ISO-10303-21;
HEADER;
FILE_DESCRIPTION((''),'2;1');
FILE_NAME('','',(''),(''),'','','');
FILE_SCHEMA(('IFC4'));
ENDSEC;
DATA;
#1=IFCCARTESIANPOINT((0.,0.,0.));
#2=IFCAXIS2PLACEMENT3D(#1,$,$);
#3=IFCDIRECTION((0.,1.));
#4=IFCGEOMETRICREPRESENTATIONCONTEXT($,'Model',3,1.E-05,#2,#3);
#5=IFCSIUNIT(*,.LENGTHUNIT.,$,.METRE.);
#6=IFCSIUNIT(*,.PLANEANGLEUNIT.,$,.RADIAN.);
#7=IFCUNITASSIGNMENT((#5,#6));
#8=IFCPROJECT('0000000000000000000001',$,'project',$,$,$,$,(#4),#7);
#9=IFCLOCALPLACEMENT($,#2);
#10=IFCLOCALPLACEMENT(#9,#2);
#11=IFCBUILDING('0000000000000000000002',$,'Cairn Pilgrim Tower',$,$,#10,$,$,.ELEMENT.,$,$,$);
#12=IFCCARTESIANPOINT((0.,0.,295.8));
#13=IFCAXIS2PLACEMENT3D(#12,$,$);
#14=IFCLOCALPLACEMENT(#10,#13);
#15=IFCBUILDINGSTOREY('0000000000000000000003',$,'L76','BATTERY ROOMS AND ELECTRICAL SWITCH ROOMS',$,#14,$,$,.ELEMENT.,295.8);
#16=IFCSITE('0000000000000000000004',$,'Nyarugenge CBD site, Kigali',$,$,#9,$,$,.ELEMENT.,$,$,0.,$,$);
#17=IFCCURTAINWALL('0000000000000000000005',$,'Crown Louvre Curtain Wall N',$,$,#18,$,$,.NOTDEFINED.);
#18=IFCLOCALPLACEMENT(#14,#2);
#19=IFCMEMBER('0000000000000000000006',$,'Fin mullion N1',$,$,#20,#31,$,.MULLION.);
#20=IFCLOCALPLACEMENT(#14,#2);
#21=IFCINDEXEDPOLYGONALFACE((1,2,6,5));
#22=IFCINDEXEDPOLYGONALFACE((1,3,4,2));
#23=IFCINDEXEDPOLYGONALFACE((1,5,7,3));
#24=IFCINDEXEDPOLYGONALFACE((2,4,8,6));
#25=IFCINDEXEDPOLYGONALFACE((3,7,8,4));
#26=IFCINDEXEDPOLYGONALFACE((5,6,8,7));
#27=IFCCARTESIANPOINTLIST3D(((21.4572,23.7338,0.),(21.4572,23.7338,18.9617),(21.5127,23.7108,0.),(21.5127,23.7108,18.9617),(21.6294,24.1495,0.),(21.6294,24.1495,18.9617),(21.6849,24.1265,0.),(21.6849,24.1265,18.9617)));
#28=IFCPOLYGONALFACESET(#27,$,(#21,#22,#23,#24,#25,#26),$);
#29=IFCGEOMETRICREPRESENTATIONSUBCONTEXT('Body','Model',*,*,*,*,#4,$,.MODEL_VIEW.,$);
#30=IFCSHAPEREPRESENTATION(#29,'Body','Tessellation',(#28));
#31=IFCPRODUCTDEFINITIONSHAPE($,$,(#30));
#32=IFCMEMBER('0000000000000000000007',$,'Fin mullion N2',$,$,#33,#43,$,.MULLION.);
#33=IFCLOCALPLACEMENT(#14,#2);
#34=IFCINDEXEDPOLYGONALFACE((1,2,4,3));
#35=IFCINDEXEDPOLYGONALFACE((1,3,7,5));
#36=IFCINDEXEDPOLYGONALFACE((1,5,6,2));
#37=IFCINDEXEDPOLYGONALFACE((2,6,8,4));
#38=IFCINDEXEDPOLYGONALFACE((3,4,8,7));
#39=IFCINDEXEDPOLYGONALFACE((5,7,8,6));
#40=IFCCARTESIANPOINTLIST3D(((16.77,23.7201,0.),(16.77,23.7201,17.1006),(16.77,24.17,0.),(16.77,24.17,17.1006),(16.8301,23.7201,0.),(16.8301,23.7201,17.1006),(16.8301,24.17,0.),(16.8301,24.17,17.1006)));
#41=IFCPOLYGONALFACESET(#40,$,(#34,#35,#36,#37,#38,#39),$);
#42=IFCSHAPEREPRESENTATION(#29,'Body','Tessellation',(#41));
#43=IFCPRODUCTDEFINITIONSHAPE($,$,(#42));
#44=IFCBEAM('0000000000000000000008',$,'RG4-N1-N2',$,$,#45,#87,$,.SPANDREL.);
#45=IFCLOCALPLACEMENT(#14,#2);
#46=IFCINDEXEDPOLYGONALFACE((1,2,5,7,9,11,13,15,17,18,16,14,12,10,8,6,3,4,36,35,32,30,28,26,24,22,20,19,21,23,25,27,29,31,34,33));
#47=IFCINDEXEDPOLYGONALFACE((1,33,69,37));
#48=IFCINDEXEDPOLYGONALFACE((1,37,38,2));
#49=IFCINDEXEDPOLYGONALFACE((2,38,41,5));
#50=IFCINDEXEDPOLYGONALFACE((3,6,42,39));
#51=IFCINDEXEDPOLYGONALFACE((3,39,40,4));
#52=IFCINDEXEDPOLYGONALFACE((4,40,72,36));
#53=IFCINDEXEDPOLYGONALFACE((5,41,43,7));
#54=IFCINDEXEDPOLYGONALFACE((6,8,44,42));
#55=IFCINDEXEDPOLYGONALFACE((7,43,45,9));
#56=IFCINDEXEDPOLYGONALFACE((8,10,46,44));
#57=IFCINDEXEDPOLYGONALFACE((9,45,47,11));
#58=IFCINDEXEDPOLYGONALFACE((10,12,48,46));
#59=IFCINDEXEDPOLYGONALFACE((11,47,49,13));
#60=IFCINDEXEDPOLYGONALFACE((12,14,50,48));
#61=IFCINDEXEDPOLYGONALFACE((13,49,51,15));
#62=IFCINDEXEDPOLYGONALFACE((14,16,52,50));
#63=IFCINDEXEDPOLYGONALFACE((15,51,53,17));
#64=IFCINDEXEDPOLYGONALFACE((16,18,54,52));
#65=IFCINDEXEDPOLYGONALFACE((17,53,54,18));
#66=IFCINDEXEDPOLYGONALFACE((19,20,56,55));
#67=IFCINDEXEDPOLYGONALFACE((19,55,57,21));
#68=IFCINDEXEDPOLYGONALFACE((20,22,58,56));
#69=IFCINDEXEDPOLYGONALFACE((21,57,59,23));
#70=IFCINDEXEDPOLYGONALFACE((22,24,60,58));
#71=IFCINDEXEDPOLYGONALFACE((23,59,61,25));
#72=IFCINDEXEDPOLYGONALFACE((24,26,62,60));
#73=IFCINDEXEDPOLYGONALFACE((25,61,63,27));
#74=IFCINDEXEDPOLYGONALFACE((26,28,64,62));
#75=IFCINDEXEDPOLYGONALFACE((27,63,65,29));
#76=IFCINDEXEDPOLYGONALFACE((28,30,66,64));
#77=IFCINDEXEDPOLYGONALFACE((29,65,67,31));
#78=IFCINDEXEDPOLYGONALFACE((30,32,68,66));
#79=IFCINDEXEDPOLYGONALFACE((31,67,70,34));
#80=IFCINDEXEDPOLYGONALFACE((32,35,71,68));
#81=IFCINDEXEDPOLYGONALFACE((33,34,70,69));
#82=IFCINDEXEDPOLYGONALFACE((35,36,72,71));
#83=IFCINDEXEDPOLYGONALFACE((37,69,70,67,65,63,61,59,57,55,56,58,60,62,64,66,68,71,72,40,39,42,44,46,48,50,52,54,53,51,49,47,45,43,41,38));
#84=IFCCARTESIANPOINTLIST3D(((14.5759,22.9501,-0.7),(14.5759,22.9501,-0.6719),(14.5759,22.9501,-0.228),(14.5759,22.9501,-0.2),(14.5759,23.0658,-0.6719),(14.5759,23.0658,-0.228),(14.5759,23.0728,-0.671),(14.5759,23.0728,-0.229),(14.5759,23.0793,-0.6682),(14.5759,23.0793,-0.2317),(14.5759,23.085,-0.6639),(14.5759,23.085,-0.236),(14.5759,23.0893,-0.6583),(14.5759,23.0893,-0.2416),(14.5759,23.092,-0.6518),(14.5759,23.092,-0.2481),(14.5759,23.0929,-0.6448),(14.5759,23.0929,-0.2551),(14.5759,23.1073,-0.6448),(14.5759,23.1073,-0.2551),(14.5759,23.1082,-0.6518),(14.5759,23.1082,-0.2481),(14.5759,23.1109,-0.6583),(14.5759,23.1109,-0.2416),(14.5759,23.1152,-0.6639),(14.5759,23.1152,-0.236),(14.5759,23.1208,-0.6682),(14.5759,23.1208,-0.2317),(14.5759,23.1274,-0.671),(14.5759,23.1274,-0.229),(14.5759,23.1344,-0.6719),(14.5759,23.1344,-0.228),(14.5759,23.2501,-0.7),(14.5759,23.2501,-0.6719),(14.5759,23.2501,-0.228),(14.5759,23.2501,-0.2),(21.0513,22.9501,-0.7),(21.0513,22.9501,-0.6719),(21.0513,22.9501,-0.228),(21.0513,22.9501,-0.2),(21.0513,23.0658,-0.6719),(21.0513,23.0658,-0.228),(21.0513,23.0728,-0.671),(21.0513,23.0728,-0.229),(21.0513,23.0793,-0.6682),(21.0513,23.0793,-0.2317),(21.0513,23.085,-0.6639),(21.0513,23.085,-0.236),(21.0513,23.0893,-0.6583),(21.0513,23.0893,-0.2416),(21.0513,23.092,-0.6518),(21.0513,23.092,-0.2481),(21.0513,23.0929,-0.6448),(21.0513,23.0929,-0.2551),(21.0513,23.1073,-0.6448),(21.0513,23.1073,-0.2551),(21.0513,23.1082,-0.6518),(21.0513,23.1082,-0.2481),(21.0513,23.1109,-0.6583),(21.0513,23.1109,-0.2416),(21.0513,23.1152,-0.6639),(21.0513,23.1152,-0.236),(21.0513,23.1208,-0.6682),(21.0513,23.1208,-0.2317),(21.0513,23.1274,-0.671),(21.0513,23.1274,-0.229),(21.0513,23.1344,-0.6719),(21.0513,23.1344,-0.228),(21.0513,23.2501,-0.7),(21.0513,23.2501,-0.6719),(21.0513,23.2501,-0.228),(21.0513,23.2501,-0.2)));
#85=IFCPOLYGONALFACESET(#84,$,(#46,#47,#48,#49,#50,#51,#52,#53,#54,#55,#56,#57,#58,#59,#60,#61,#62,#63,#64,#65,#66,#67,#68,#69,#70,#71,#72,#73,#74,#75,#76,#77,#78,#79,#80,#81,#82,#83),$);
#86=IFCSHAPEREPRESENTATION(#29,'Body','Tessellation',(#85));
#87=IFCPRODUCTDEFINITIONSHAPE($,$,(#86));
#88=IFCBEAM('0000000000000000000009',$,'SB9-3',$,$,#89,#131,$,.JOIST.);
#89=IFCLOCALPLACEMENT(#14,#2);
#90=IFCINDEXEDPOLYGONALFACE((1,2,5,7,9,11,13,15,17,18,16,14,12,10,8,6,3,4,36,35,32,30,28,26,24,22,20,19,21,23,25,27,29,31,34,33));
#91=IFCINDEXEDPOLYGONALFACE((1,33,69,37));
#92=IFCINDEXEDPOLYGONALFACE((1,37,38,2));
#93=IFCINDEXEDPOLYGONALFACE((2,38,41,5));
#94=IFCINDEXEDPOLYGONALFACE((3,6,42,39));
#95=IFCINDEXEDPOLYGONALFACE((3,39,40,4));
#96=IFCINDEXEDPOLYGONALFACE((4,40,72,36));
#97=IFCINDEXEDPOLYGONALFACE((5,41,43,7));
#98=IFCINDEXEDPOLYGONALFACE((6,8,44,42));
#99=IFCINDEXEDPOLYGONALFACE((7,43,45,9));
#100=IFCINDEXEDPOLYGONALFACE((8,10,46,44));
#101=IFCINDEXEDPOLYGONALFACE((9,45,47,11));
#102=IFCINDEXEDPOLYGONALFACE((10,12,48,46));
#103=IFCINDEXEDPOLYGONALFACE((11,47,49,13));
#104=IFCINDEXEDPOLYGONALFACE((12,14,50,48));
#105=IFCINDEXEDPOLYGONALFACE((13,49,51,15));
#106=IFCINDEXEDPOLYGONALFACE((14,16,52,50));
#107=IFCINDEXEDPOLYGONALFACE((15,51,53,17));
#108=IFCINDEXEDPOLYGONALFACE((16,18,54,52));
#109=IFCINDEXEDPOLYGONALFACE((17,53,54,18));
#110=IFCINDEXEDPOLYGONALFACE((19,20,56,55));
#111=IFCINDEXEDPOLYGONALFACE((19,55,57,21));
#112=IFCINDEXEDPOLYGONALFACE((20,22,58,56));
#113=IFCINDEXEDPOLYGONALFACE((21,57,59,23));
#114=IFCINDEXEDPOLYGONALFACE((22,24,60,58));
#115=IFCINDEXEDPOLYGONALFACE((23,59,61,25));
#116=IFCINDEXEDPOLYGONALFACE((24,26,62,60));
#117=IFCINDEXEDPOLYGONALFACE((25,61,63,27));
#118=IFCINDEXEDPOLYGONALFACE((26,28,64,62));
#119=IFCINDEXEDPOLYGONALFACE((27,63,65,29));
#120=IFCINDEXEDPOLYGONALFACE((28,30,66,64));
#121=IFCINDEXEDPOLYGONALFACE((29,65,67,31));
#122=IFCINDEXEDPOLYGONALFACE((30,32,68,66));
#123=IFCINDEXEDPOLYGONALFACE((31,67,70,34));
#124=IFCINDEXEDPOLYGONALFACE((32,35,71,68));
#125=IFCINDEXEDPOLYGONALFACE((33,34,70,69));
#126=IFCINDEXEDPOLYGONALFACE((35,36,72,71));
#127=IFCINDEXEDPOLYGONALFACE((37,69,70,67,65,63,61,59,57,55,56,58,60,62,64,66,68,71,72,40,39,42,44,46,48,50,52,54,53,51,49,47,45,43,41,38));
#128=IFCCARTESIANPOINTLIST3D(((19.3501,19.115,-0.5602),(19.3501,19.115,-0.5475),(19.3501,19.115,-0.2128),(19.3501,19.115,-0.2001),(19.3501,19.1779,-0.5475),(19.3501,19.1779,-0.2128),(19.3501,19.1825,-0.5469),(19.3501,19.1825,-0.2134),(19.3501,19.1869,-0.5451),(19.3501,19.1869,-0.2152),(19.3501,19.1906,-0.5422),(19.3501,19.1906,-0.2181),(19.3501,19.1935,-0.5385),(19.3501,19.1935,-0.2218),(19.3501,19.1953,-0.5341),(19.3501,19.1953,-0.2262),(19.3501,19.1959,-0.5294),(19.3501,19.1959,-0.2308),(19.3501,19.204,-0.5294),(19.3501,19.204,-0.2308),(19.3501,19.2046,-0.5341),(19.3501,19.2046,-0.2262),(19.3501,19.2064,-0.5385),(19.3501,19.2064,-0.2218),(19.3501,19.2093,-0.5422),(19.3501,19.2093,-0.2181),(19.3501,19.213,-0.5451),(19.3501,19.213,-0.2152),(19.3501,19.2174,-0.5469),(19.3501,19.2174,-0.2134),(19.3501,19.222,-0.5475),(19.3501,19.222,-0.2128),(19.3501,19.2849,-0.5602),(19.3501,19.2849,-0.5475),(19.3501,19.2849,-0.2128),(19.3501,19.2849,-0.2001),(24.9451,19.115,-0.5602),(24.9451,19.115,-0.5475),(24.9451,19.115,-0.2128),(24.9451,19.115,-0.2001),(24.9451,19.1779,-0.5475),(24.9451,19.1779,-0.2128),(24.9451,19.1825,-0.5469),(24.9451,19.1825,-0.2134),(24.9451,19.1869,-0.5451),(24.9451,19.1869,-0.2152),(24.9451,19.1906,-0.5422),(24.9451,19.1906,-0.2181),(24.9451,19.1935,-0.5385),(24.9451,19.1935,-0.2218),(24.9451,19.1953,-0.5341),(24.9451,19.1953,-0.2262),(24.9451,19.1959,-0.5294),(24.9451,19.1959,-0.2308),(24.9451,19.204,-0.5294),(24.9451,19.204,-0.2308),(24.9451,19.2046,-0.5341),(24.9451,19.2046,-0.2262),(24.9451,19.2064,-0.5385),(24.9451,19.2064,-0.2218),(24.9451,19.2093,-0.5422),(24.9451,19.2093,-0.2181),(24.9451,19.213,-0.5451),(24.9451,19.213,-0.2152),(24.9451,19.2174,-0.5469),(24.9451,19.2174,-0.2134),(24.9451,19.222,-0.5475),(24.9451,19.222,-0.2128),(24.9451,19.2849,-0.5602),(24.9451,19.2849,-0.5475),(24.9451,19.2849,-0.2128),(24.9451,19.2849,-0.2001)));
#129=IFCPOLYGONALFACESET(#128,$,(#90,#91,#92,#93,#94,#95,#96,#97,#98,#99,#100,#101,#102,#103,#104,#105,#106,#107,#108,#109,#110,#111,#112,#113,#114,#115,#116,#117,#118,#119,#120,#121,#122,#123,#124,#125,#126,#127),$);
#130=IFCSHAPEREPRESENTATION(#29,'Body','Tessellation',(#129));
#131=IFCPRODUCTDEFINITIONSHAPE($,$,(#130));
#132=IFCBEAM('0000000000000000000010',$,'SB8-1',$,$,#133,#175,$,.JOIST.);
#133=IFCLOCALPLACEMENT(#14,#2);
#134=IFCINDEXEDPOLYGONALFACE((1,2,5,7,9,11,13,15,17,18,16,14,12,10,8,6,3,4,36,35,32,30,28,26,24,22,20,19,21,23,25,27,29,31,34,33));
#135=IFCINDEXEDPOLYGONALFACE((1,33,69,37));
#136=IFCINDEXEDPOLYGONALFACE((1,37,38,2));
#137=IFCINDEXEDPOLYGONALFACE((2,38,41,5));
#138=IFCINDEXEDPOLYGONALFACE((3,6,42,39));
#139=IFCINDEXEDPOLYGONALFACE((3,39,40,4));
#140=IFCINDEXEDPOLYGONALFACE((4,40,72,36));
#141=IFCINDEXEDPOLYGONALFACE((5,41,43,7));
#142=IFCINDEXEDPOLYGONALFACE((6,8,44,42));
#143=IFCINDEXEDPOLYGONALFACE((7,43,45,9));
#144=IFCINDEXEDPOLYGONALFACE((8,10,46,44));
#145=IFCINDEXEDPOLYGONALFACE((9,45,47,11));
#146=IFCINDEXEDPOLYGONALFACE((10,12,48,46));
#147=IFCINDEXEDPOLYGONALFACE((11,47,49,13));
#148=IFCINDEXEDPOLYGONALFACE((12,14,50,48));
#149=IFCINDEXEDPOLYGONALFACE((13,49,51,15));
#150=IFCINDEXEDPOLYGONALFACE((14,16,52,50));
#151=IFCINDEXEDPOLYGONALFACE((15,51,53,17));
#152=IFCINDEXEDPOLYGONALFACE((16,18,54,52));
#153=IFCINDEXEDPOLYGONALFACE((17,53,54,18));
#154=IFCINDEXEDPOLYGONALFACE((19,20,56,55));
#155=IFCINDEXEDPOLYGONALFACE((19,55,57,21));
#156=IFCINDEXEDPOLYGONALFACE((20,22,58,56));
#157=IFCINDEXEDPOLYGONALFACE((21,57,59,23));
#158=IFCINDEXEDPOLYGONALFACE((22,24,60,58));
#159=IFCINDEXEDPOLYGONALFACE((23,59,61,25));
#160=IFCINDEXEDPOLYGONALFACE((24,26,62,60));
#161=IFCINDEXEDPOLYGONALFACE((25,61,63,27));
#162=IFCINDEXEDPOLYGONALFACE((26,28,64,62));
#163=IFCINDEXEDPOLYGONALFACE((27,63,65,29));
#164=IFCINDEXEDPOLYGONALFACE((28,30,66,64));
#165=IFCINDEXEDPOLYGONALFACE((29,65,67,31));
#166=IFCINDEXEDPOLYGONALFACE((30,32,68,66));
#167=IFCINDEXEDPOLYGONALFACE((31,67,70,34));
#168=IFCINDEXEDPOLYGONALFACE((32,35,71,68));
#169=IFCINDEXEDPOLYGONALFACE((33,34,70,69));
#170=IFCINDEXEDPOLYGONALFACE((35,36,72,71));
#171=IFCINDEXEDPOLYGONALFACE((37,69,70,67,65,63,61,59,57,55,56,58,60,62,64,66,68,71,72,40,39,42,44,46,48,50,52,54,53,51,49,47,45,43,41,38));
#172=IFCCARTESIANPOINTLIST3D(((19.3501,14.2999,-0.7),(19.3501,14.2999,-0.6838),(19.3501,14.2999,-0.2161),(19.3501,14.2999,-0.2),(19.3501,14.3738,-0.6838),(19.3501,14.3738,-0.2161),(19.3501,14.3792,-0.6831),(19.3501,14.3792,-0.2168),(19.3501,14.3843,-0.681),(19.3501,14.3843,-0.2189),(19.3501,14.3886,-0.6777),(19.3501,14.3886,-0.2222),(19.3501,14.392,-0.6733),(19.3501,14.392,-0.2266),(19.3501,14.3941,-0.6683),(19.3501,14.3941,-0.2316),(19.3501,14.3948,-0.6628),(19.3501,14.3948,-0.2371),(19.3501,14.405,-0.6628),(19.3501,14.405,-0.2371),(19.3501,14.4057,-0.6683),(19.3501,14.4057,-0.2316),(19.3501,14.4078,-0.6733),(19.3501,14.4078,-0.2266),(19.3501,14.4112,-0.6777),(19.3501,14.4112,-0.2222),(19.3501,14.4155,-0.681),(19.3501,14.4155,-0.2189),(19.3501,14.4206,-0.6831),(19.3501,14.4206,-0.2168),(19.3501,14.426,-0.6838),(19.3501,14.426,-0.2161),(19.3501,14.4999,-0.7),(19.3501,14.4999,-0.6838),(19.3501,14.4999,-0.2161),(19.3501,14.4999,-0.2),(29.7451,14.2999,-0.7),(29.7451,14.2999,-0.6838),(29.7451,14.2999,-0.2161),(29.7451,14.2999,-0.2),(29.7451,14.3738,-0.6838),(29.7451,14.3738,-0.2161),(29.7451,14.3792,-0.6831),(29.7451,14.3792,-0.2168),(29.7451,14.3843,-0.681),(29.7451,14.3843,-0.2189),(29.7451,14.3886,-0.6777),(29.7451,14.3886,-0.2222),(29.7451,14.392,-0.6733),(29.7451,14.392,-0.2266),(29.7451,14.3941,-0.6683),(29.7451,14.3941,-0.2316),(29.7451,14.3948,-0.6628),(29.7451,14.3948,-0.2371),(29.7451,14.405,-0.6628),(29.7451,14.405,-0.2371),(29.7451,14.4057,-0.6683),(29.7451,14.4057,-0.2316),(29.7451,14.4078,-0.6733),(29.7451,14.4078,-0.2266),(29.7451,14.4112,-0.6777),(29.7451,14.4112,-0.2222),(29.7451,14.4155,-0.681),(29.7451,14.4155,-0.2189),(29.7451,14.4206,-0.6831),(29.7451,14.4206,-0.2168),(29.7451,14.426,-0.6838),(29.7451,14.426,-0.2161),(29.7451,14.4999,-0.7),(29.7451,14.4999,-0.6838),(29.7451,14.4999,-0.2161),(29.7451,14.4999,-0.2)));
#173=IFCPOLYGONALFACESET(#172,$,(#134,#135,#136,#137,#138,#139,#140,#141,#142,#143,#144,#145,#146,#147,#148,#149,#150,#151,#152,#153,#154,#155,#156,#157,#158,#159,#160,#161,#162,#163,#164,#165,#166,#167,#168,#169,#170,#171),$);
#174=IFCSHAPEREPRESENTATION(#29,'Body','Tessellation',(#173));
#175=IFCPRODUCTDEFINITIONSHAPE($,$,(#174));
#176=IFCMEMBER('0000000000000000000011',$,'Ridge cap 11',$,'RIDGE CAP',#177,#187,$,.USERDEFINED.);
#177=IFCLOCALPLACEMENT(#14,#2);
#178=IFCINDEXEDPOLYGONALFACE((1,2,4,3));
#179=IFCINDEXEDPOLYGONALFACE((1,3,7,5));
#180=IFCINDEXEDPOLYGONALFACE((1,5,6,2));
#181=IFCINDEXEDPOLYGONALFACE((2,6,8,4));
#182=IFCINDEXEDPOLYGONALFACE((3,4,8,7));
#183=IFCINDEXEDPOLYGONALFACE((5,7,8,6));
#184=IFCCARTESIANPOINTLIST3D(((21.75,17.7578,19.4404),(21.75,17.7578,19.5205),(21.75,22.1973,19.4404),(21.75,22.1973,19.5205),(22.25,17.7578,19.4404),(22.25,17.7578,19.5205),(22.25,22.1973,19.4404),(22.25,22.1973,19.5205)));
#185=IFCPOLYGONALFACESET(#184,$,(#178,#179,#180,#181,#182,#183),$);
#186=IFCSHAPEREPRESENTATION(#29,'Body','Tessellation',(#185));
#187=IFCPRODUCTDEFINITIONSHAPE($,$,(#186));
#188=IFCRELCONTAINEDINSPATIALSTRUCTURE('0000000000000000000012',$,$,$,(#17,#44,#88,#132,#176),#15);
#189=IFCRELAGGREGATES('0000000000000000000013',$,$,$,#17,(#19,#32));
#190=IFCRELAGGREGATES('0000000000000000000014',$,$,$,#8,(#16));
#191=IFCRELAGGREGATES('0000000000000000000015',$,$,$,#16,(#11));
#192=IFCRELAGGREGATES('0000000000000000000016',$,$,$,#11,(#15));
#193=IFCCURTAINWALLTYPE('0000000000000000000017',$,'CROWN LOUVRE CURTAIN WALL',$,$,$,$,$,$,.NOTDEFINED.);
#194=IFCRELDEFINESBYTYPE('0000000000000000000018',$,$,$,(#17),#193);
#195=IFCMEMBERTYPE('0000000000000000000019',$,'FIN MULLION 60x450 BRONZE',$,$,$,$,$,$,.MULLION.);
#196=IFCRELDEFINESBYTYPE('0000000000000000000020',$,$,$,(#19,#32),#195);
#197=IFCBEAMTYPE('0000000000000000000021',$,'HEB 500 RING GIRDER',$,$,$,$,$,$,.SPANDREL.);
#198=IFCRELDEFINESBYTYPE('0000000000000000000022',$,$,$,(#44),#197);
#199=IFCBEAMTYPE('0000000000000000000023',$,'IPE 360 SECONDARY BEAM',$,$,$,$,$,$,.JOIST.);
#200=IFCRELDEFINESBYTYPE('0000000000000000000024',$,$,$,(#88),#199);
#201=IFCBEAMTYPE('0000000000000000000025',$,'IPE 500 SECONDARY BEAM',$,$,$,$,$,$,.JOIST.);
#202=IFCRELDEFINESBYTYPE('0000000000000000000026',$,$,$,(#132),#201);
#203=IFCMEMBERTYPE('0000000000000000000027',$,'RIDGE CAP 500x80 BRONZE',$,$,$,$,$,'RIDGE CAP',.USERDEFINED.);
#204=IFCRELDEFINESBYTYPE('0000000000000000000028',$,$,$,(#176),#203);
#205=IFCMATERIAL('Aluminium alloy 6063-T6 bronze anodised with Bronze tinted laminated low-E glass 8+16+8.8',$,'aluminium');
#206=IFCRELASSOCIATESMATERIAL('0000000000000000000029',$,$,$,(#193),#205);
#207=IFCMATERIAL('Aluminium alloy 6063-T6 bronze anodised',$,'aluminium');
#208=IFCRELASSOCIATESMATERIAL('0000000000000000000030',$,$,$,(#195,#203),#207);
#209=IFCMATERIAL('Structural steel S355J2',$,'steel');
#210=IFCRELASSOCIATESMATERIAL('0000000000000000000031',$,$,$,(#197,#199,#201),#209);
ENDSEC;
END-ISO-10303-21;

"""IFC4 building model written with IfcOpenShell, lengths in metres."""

from ifc_helpers import new_model, si_unit, direction, frame, origin, origin_2d, place, context, subcontext, project, spatial, rectangle, i_section, extrude, material, material_profile, profile_set, type_object, element, aggregate, save


model = new_model("IFC4")

# Units and contexts
model_context = context("Model", 3, precision=1e-05, world=origin(), true_north=direction((0.0, 1.0)))
body_context = subcontext(model_context, "Body", "Model", "MODEL_VIEW")
ifc_project = project(units=[si_unit("LENGTHUNIT", "METRE"), si_unit("PLANEANGLEUNIT", "RADIAN")], contexts=[model_context])

# Site, building, storey
site_placement = place(None, origin())
site = spatial("IfcSite", under=ifc_project, at=site_placement, Name="Nyarugenge CBD site, Kigali", CompositionType="ELEMENT", RefElevation=0.0)
building_placement = place(site_placement, origin())
building = spatial("IfcBuilding", under=site, at=building_placement, Name="Cairn Pilgrim Tower", CompositionType="ELEMENT")
storey_placement = place(building_placement, frame((0.0, 0.0, 295.8)))
storey = spatial("IfcBuildingStorey", under=building, at=storey_placement, Name="L76", Description="BATTERY ROOMS AND ELECTRICAL SWITCH ROOMS", CompositionType="ELEMENT", Elevation=295.8)

# Shared definitions
ifc_material_1 = material(Name="Structural steel S355J2", Category="steel")

# Curtain wall, members
ifc_material_2 = material(Name="Aluminium alloy 6063-T6 bronze anodised with Bronze tinted laminated low-E glass 8+16+8.8", Category="aluminium")
curtain_wall_type = type_object("IfcCurtainWallType", Name="CROWN LOUVRE CURTAIN WALL", PredefinedType="NOTDEFINED", material=ifc_material_2)
curtain_wall_1_placement = place(storey_placement, origin())
curtain_wall_1 = element("IfcCurtainWall", 1, at=curtain_wall_1_placement, inside=storey, type_object=curtain_wall_type, Name="Crown Louvre Curtain Wall N", PredefinedType="NOTDEFINED")
ifc_material_3 = material(Name="Aluminium alloy 6063-T6 bronze anodised", Category="aluminium")
ifc_material_profile_1 = material_profile(ifc_material_3, rectangle(XDim=0.45, YDim=0.0601, at=origin_2d()), Name="FIN MULLION 60x450 BRONZE")
ifc_profile_set_1 = profile_set([ifc_material_profile_1], Name="Aluminium alloy 6063-T6 bronze anodised")
member_type_1 = type_object("IfcMemberType", Name="FIN MULLION 60x450 BRONZE", PredefinedType="MULLION", material=ifc_profile_set_1)
member_1_placement = place(storey_placement, frame((21.571, 23.9302, 0.0), z_axis=(0.0, 0.0, 1.0), x_axis=(0.382683, 0.92388, 0.0)))
member_1 = element("IfcMember", 2, at=member_1_placement, type_object=member_type_1, Name="Fin mullion N1", PredefinedType="MULLION", context=body_context, shape_type="SweptSolid", body=[
    extrude(rectangle(XDim=0.45, YDim=0.0601, at=origin_2d()), origin(), (0.0, 0.0, 1.0), 18.9617),
])
member_2_placement = place(storey_placement, frame((16.8, 23.9451, 0.0), z_axis=(0.0, 0.0, 1.0), x_axis=(0.0, 1.0, 0.0)))
member_2 = element("IfcMember", 3, at=member_2_placement, type_object=member_type_1, Name="Fin mullion N2", PredefinedType="MULLION", context=body_context, shape_type="SweptSolid", body=[
    extrude(rectangle(XDim=0.45, YDim=0.0601, at=origin_2d()), origin(), (0.0, 0.0, 1.0), 17.1006),
])

# Beams
ifc_material_profile_2 = material_profile(ifc_material_1, i_section(OverallWidth=0.3, OverallDepth=0.5, WebThickness=0.0144, FlangeThickness=0.0281, FilletRadius=0.0271, at=origin_2d()), Name="HEB 500")
ifc_profile_set_2 = profile_set([ifc_material_profile_2], Name="Structural steel S355J2")
beam_type_1 = type_object("IfcBeamType", Name="HEB 500 RING GIRDER", PredefinedType="SPANDREL", material=ifc_profile_set_2)
beam_1_placement = place(storey_placement, frame((21.0513, 23.1001, -0.45), z_axis=(-1.0, 0.0, 0.0), x_axis=(0.0, -1.0, 0.0)))
element("IfcBeam", 4, at=beam_1_placement, inside=storey, type_object=beam_type_1, Name="RG4-N1-N2", PredefinedType="SPANDREL", context=body_context, shape_type="SweptSolid", body=[
    extrude(i_section(OverallWidth=0.3, OverallDepth=0.5, WebThickness=0.0144, FlangeThickness=0.0281, FilletRadius=0.0271, at=origin_2d()), origin(), (0.0, 0.0, 1.0), 6.4753),
])
ifc_material_profile_3 = material_profile(ifc_material_1, i_section(OverallWidth=0.1699, OverallDepth=0.3601, WebThickness=0.0081, FlangeThickness=0.0127, FilletRadius=0.0181, at=origin_2d()), Name="IPE 360")
ifc_profile_set_3 = profile_set([ifc_material_profile_3], Name="Structural steel S355J2")
beam_type_2 = type_object("IfcBeamType", Name="IPE 360 SECONDARY BEAM", PredefinedType="JOIST", material=ifc_profile_set_3)
beam_2_placement = place(storey_placement, frame((19.3501, 19.2, -0.3801), z_axis=(1.0, 0.0, 0.0), x_axis=(0.0, 1.0, 0.0)))
element("IfcBeam", 5, at=beam_2_placement, inside=storey, type_object=beam_type_2, Name="SB9-3", PredefinedType="JOIST", context=body_context, shape_type="SweptSolid", body=[
    extrude(i_section(OverallWidth=0.1699, OverallDepth=0.3601, WebThickness=0.0081, FlangeThickness=0.0127, FilletRadius=0.0181, at=origin_2d()), origin(), (0.0, 0.0, 1.0), 5.595),
])
ifc_material_profile_4 = material_profile(ifc_material_1, i_section(OverallWidth=0.2, OverallDepth=0.5, WebThickness=0.0103, FlangeThickness=0.0161, FilletRadius=0.021, at=origin_2d()), Name="IPE 500")
ifc_profile_set_4 = profile_set([ifc_material_profile_4], Name="Structural steel S355J2")
beam_type_3 = type_object("IfcBeamType", Name="IPE 500 SECONDARY BEAM", PredefinedType="JOIST", material=ifc_profile_set_4)
beam_3_placement = place(storey_placement, frame((19.3501, 14.3999, -0.45), z_axis=(1.0, 0.0, 0.0), x_axis=(0.0, 1.0, 0.0)))
element("IfcBeam", 6, at=beam_3_placement, inside=storey, type_object=beam_type_3, Name="SB8-1", PredefinedType="JOIST", context=body_context, shape_type="SweptSolid", body=[
    extrude(i_section(OverallWidth=0.2, OverallDepth=0.5, WebThickness=0.0103, FlangeThickness=0.0161, FilletRadius=0.021, at=origin_2d()), origin(), (0.0, 0.0, 1.0), 10.395),
])

# Member
ifc_material_profile_5 = material_profile(ifc_material_3, rectangle(XDim=0.5, YDim=0.0801, at=origin_2d()), Name="RIDGE CAP 500x80 BRONZE")
ifc_profile_set_5 = profile_set([ifc_material_profile_5], Name="Aluminium alloy 6063-T6 bronze anodised")
member_type_2 = type_object("IfcMemberType", Name="RIDGE CAP 500x80 BRONZE", ElementType="RIDGE CAP", PredefinedType="USERDEFINED", material=ifc_profile_set_5)
member_3_placement = place(storey_placement, frame((22.0, 17.7578, 19.4805), z_axis=(0.0, 1.0, 0.0), x_axis=(-1.0, 0.0, 0.0)))
element("IfcMember", 7, at=member_3_placement, inside=storey, type_object=member_type_2, Name="Ridge cap 11", ObjectType="RIDGE CAP", PredefinedType="USERDEFINED", context=body_context, shape_type="SweptSolid", body=[
    extrude(rectangle(XDim=0.5, YDim=0.0801, at=origin_2d()), origin(), (0.0, 0.0, 1.0), 4.4395),
])

aggregate(curtain_wall_1, [member_1, member_2])

save(model, "model.ifc")
